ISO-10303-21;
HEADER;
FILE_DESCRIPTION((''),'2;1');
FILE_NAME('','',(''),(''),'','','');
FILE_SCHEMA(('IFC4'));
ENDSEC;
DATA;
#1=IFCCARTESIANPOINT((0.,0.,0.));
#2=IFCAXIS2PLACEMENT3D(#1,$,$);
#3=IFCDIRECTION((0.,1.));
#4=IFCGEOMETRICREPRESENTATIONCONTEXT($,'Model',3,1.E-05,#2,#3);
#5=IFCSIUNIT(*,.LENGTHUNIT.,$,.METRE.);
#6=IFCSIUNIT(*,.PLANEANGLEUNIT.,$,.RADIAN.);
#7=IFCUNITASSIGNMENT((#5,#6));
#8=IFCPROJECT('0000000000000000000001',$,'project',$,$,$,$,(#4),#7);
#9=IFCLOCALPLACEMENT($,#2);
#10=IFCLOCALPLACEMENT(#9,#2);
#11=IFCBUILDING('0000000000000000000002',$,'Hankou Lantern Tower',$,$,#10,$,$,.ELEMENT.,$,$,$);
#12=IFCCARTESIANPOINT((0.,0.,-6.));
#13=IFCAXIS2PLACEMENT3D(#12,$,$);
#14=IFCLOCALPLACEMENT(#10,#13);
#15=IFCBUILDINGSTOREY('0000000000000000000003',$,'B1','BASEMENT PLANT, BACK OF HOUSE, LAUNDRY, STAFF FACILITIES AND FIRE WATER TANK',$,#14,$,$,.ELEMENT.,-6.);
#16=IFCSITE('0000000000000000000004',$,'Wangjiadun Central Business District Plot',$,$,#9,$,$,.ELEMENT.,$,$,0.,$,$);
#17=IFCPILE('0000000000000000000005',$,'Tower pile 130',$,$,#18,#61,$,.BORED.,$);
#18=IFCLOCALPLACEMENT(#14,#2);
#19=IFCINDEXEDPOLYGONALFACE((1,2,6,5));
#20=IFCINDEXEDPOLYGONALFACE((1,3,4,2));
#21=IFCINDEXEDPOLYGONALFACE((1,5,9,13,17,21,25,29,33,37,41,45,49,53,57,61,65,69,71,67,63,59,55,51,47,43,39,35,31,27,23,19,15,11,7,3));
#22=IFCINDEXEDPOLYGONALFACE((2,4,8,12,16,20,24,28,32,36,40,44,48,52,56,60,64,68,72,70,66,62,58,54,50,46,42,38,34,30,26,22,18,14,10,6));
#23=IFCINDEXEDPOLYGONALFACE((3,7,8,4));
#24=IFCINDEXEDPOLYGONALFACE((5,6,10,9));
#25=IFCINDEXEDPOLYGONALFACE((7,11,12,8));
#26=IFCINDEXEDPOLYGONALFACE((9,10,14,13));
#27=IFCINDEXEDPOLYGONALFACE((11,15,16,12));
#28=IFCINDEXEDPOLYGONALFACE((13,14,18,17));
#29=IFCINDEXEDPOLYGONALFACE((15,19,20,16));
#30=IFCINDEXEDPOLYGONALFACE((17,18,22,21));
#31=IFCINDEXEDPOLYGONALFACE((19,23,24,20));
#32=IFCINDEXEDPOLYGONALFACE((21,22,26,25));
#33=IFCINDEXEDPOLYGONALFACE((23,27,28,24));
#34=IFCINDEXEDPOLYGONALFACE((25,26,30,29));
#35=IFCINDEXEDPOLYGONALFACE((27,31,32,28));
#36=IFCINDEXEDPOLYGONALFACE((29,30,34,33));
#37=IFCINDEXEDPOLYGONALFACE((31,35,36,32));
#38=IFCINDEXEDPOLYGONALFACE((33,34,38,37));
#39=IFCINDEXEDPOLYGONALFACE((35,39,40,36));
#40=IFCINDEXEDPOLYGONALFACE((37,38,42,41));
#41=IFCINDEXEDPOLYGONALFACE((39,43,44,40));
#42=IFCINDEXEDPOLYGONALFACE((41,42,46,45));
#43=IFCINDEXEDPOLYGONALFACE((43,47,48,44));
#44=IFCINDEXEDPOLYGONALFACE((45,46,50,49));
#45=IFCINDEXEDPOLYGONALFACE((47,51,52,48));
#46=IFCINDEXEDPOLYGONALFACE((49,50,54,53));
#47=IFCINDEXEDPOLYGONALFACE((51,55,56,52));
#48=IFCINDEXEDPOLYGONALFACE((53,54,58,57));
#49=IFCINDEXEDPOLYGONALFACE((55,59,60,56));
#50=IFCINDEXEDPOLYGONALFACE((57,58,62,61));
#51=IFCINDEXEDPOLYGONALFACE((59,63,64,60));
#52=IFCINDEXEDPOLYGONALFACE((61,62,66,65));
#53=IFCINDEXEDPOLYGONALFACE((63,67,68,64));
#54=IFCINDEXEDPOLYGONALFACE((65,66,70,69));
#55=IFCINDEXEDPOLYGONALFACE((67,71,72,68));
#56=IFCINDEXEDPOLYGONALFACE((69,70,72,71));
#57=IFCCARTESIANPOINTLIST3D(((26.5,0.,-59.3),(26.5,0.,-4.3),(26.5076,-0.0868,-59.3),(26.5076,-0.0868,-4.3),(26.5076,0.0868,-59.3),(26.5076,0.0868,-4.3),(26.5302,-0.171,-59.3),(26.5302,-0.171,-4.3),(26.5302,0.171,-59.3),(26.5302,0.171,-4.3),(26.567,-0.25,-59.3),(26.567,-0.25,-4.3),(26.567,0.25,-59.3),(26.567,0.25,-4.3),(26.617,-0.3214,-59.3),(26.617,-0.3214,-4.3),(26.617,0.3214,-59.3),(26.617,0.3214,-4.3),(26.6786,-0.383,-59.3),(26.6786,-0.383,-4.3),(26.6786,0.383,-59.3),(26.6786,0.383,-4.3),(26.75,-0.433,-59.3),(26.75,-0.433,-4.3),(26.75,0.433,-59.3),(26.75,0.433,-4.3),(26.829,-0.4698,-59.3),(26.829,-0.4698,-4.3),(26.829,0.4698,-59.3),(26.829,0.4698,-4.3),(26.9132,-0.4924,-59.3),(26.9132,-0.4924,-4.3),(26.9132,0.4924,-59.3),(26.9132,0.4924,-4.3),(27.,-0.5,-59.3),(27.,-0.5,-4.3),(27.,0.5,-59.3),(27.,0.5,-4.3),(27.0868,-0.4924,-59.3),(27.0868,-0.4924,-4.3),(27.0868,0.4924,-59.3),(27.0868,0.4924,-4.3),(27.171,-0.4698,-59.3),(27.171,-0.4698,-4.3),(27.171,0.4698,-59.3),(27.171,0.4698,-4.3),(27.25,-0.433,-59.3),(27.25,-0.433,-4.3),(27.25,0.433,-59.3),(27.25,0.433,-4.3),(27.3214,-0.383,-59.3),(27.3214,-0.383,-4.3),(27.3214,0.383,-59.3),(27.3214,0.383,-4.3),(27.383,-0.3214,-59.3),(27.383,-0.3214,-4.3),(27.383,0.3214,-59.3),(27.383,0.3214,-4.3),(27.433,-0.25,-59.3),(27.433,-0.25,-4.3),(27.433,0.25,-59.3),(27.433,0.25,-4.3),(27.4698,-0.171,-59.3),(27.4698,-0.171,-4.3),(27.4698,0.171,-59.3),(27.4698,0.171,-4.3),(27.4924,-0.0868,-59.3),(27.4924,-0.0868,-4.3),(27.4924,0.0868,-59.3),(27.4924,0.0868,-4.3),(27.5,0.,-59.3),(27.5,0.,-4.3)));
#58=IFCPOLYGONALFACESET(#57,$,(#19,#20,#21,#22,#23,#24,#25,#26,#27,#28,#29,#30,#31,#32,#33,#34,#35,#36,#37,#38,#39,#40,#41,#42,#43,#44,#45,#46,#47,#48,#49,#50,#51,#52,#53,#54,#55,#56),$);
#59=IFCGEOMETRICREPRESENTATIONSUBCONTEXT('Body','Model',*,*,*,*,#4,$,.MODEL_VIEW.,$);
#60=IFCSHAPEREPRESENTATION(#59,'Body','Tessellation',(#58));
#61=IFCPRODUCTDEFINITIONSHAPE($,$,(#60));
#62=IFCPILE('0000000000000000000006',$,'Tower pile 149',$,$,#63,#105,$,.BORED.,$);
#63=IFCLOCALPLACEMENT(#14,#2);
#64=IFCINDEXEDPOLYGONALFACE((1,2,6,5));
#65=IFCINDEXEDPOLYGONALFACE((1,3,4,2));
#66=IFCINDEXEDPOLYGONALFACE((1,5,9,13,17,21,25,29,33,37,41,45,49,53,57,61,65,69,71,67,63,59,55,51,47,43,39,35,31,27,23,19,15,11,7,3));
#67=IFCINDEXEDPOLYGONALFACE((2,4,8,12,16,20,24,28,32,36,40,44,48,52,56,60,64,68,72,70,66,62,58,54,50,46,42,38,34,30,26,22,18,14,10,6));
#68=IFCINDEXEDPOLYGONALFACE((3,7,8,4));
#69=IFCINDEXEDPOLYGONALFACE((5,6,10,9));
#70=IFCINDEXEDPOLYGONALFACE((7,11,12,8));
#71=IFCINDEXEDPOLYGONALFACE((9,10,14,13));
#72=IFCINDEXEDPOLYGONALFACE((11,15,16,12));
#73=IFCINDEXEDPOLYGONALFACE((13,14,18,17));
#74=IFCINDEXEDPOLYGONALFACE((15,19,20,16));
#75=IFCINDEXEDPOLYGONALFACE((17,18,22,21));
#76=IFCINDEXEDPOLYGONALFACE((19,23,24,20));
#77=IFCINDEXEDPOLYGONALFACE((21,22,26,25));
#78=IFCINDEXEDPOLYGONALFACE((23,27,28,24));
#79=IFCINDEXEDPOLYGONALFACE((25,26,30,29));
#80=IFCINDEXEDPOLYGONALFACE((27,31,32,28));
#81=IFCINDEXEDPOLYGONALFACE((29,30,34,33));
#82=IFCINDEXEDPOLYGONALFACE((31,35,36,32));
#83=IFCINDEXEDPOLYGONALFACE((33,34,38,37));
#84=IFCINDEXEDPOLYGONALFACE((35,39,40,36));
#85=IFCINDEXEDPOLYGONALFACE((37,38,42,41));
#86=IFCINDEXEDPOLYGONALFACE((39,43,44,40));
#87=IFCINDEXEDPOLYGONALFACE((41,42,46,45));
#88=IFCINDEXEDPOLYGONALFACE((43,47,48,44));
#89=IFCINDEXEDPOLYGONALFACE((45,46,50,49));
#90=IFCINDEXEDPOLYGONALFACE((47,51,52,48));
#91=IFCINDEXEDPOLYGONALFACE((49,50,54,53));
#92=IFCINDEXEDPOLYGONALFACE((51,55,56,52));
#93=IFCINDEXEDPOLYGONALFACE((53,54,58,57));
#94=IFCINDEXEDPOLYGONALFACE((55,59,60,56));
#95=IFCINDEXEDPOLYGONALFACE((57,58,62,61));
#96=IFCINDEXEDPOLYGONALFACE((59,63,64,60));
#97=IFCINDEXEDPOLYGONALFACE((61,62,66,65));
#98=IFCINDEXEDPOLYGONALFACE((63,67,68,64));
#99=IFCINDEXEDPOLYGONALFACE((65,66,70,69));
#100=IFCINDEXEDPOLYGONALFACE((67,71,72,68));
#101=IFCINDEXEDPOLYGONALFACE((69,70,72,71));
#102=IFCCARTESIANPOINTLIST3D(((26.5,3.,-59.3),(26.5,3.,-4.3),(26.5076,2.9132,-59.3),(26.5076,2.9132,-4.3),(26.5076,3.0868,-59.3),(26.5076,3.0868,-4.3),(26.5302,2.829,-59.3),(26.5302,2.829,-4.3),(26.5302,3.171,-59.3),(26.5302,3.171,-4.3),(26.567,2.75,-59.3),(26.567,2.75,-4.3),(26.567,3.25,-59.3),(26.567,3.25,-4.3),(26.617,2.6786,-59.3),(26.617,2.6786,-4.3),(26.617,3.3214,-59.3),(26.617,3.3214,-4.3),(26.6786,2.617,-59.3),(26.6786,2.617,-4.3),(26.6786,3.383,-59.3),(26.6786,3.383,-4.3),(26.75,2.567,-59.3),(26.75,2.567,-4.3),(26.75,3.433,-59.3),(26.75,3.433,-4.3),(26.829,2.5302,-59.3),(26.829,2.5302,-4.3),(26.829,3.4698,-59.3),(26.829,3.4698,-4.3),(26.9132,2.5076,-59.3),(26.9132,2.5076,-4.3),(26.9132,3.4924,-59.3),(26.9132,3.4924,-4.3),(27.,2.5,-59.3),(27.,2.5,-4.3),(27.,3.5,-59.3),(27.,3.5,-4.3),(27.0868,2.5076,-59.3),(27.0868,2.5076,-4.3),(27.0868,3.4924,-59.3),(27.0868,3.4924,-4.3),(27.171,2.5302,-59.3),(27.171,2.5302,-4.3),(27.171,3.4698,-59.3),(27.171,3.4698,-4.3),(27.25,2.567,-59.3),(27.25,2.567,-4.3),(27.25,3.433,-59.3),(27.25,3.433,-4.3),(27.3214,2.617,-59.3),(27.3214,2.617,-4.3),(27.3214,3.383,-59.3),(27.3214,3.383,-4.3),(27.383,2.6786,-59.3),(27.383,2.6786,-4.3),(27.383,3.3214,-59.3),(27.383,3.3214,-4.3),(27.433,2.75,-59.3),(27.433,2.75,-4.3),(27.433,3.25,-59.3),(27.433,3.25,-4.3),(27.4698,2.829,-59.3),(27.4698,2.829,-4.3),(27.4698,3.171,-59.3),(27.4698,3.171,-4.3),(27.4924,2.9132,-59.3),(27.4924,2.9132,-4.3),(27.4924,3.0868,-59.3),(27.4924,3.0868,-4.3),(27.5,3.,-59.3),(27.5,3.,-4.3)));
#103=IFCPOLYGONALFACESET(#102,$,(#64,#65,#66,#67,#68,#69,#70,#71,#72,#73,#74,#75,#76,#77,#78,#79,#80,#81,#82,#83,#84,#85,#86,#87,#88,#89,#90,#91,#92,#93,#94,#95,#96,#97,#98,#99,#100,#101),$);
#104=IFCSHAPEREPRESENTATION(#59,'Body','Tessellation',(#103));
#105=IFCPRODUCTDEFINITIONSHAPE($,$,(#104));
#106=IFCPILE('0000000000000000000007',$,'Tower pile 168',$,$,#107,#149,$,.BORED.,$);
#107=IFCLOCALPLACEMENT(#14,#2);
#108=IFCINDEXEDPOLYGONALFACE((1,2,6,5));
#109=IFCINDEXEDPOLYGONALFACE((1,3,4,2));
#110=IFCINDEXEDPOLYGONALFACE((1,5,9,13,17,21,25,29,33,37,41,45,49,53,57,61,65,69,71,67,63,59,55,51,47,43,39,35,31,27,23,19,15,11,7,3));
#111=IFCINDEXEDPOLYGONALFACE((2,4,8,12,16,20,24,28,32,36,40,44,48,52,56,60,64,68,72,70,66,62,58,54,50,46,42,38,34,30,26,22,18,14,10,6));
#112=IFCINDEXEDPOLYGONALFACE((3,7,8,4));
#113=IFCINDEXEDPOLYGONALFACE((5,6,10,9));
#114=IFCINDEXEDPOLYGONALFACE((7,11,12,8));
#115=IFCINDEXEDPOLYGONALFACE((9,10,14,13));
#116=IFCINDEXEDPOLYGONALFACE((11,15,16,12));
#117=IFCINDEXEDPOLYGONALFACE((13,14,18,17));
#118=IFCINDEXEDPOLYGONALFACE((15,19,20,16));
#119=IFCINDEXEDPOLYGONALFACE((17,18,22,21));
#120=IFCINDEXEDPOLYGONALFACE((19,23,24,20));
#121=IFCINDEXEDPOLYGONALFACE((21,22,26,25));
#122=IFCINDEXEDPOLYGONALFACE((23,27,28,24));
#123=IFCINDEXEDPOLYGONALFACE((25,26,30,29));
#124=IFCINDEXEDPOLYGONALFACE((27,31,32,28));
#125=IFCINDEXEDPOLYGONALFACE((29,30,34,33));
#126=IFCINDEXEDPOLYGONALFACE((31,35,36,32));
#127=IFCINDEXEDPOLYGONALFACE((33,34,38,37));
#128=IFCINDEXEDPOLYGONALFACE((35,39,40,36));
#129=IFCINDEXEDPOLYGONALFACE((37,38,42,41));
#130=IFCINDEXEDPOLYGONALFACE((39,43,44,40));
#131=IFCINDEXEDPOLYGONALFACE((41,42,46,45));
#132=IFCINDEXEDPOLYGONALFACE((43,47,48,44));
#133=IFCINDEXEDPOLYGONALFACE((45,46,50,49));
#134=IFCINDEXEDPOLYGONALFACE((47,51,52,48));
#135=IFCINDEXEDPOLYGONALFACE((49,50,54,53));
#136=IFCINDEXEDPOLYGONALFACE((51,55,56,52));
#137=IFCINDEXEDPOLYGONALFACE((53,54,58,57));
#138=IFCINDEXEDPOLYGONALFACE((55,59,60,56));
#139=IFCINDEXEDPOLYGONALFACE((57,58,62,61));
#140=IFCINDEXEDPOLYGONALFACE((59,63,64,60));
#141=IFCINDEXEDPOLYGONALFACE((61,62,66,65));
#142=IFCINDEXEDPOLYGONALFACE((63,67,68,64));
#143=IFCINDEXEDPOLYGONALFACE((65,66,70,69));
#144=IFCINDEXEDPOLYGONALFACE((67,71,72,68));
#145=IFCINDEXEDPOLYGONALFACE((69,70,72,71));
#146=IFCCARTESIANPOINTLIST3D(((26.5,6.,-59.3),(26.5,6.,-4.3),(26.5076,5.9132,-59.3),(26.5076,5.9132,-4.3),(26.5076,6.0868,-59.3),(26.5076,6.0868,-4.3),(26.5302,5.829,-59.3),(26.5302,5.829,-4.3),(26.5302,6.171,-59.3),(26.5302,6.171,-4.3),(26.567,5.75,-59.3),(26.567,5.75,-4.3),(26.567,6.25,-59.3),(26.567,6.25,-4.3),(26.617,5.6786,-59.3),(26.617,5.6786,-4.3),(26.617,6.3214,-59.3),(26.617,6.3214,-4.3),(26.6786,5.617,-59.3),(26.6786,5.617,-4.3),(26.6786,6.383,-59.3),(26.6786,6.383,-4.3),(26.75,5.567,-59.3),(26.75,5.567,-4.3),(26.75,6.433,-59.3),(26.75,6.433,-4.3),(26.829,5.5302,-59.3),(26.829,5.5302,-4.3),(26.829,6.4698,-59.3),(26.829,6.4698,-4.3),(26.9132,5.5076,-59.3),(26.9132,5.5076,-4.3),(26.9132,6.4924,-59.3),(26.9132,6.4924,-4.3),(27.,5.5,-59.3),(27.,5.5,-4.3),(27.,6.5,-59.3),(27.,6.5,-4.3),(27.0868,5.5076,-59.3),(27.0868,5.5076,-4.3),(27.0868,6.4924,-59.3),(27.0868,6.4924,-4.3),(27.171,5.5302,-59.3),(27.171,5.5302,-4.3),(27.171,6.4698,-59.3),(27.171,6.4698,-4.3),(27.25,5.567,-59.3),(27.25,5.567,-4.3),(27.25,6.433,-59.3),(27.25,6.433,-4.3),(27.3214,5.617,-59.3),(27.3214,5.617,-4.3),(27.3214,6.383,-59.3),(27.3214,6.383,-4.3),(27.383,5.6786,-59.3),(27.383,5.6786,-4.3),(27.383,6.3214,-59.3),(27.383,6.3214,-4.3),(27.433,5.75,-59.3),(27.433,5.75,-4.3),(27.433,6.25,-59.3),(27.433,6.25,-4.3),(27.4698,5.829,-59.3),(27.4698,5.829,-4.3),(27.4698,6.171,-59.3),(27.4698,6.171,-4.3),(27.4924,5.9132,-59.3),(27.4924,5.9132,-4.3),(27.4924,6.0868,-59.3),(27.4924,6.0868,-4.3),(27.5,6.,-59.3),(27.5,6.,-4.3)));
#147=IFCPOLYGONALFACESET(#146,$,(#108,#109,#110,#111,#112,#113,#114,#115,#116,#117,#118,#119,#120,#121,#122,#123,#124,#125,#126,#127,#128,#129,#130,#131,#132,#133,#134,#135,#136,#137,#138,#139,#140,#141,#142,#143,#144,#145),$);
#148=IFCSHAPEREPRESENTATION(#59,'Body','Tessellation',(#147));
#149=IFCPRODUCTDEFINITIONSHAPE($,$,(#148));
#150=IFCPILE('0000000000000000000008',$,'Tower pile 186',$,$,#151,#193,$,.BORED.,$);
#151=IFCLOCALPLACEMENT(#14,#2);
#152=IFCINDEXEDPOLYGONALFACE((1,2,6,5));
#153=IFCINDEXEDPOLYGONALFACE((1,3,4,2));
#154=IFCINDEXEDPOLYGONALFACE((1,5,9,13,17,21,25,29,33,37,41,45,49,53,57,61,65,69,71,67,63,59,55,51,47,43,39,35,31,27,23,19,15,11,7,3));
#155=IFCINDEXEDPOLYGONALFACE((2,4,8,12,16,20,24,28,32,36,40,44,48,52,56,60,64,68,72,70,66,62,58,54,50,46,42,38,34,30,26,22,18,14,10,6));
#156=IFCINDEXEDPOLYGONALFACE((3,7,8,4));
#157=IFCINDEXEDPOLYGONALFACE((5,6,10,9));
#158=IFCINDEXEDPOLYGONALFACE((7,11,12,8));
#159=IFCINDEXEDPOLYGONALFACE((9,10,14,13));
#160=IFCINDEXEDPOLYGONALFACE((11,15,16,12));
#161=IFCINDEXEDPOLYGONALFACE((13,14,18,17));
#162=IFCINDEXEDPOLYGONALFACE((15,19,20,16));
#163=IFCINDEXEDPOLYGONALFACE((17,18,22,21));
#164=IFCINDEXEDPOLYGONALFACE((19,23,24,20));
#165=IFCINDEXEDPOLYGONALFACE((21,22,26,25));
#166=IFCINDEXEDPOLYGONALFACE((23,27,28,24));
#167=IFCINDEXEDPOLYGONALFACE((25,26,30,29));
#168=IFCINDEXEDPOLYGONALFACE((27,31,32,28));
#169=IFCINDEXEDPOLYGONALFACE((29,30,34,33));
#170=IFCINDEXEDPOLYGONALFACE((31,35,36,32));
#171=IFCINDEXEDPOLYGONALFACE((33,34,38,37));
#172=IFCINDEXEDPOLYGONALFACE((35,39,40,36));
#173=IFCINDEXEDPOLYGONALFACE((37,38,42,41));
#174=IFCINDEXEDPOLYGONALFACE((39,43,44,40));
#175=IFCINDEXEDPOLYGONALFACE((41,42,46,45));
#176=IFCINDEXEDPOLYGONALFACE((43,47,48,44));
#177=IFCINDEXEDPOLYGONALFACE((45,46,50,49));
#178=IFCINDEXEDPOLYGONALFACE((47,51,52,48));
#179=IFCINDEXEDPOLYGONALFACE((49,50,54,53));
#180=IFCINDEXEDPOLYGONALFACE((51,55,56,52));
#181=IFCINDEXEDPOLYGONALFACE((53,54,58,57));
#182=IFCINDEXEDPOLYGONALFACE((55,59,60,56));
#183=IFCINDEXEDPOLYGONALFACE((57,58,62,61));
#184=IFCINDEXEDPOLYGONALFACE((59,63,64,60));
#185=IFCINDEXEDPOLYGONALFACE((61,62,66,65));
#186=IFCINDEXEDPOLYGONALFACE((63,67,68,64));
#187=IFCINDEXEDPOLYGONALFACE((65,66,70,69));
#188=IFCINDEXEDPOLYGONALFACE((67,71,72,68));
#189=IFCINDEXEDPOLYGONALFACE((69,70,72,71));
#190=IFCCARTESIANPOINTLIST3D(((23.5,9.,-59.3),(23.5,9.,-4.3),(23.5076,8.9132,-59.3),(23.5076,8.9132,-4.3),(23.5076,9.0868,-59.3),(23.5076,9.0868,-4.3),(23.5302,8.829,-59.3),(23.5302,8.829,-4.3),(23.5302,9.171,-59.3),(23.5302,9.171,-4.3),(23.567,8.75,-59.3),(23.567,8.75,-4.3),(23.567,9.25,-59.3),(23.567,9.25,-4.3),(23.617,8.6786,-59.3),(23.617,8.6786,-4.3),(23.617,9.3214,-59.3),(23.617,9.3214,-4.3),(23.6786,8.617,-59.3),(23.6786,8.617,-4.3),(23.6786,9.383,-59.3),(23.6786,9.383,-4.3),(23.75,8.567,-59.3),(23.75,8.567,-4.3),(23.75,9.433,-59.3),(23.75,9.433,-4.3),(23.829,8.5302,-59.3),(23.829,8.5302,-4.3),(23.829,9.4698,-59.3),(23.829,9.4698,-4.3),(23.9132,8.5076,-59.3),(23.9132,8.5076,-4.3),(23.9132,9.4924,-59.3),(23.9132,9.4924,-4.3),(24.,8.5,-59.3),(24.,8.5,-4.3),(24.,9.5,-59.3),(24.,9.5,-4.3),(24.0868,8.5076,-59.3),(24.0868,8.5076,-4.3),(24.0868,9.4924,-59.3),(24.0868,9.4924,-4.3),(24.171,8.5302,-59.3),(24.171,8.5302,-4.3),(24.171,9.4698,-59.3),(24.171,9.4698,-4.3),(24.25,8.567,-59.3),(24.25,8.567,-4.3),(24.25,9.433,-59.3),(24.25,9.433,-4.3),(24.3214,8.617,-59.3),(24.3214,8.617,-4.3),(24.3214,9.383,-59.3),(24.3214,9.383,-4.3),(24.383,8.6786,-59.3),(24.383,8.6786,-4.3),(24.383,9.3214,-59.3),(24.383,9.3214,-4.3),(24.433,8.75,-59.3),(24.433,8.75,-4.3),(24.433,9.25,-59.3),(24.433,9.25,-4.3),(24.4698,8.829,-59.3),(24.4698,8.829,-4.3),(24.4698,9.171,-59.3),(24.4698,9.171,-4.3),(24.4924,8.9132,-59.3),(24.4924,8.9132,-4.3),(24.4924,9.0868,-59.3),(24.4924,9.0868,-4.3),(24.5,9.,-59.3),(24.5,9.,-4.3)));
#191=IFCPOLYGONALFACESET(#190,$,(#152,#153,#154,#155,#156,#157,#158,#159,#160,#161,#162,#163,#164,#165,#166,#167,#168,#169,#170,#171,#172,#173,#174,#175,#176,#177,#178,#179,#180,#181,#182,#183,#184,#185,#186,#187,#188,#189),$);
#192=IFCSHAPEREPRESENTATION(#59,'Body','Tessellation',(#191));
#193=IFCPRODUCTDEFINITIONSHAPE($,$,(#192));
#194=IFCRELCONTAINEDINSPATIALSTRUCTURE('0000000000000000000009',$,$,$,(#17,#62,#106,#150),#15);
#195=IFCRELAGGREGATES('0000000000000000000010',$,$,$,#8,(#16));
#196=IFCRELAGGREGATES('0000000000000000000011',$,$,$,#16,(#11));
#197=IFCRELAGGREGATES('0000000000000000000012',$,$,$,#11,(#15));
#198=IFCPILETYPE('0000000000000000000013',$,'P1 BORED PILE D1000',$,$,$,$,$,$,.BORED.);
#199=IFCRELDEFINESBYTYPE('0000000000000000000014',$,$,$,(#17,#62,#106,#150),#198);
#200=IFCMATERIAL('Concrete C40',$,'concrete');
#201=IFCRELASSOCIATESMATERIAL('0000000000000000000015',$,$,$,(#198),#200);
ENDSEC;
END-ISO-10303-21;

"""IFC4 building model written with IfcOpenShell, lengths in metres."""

from ifc_helpers import new_model, si_unit, direction, frame, origin, origin_2d, place, context, subcontext, project, spatial, circle, extrude, material, material_profile, profile_set, type_object, element, save


model = new_model("IFC4")

# Units and contexts
model_context = context("Model", 3, precision=1e-05, world=origin(), true_north=direction((0.0, 1.0)))
body_context = subcontext(model_context, "Body", "Model", "MODEL_VIEW")
ifc_project = project(units=[si_unit("LENGTHUNIT", "METRE"), si_unit("PLANEANGLEUNIT", "RADIAN")], contexts=[model_context])

# Site, building, storey
site_placement = place(None, origin())
site = spatial("IfcSite", under=ifc_project, at=site_placement, Name="Wangjiadun Central Business District Plot", CompositionType="ELEMENT", RefElevation=0.0)
building_placement = place(site_placement, origin())
building = spatial("IfcBuilding", under=site, at=building_placement, Name="Hankou Lantern Tower", CompositionType="ELEMENT")
storey_placement = place(building_placement, frame((0.0, 0.0, -6.0)))
storey = spatial("IfcBuildingStorey", under=building, at=storey_placement, Name="B1", Description="BASEMENT PLANT, BACK OF HOUSE, LAUNDRY, STAFF FACILITIES AND FIRE WATER TANK", CompositionType="ELEMENT", Elevation=-6.0)

# Piles
ifc_material_1 = material(Name="Concrete C40", Category="concrete")
ifc_material_profile_1 = material_profile(ifc_material_1, circle(Radius=0.5, at=origin_2d()), Name="RC D1000")
ifc_profile_set_1 = profile_set([ifc_material_profile_1], Name="Concrete C40")
pile_type_1 = type_object("IfcPileType", Name="P1 BORED PILE D1000", PredefinedType="BORED", material=ifc_profile_set_1)
for number, where, z_axis, x_axis, name in (
    (1, (27.0, 0.0, -4.3), (0.0, 0.0, -1.0), (1.0, 0.0, 0.0), "Tower pile 130"),
    (2, (27.0, 3.0, -4.3), (0.0, 0.0, -1.0), (1.0, 0.0, 0.0), "Tower pile 149"),
    (3, (27.0, 6.0, -4.3), (0.0, 0.0, -1.0), (1.0, 0.0, 0.0), "Tower pile 168"),
    (4, (24.0, 9.0, -4.3), (0.0, 0.0, -1.0), (1.0, 0.0, 0.0), "Tower pile 186"),
):
    element("IfcPile", number, at=place(storey_placement, frame(where, z_axis=z_axis, x_axis=x_axis)), inside=storey, type_object=pile_type_1, Name=name, PredefinedType="BORED", context=body_context, shape_type="SweptSolid", body=[
        extrude(circle(Radius=0.5, at=origin_2d()), origin(), (0.0, 0.0, 1.0), 55.0),
    ])

save(model, "model.ifc")
